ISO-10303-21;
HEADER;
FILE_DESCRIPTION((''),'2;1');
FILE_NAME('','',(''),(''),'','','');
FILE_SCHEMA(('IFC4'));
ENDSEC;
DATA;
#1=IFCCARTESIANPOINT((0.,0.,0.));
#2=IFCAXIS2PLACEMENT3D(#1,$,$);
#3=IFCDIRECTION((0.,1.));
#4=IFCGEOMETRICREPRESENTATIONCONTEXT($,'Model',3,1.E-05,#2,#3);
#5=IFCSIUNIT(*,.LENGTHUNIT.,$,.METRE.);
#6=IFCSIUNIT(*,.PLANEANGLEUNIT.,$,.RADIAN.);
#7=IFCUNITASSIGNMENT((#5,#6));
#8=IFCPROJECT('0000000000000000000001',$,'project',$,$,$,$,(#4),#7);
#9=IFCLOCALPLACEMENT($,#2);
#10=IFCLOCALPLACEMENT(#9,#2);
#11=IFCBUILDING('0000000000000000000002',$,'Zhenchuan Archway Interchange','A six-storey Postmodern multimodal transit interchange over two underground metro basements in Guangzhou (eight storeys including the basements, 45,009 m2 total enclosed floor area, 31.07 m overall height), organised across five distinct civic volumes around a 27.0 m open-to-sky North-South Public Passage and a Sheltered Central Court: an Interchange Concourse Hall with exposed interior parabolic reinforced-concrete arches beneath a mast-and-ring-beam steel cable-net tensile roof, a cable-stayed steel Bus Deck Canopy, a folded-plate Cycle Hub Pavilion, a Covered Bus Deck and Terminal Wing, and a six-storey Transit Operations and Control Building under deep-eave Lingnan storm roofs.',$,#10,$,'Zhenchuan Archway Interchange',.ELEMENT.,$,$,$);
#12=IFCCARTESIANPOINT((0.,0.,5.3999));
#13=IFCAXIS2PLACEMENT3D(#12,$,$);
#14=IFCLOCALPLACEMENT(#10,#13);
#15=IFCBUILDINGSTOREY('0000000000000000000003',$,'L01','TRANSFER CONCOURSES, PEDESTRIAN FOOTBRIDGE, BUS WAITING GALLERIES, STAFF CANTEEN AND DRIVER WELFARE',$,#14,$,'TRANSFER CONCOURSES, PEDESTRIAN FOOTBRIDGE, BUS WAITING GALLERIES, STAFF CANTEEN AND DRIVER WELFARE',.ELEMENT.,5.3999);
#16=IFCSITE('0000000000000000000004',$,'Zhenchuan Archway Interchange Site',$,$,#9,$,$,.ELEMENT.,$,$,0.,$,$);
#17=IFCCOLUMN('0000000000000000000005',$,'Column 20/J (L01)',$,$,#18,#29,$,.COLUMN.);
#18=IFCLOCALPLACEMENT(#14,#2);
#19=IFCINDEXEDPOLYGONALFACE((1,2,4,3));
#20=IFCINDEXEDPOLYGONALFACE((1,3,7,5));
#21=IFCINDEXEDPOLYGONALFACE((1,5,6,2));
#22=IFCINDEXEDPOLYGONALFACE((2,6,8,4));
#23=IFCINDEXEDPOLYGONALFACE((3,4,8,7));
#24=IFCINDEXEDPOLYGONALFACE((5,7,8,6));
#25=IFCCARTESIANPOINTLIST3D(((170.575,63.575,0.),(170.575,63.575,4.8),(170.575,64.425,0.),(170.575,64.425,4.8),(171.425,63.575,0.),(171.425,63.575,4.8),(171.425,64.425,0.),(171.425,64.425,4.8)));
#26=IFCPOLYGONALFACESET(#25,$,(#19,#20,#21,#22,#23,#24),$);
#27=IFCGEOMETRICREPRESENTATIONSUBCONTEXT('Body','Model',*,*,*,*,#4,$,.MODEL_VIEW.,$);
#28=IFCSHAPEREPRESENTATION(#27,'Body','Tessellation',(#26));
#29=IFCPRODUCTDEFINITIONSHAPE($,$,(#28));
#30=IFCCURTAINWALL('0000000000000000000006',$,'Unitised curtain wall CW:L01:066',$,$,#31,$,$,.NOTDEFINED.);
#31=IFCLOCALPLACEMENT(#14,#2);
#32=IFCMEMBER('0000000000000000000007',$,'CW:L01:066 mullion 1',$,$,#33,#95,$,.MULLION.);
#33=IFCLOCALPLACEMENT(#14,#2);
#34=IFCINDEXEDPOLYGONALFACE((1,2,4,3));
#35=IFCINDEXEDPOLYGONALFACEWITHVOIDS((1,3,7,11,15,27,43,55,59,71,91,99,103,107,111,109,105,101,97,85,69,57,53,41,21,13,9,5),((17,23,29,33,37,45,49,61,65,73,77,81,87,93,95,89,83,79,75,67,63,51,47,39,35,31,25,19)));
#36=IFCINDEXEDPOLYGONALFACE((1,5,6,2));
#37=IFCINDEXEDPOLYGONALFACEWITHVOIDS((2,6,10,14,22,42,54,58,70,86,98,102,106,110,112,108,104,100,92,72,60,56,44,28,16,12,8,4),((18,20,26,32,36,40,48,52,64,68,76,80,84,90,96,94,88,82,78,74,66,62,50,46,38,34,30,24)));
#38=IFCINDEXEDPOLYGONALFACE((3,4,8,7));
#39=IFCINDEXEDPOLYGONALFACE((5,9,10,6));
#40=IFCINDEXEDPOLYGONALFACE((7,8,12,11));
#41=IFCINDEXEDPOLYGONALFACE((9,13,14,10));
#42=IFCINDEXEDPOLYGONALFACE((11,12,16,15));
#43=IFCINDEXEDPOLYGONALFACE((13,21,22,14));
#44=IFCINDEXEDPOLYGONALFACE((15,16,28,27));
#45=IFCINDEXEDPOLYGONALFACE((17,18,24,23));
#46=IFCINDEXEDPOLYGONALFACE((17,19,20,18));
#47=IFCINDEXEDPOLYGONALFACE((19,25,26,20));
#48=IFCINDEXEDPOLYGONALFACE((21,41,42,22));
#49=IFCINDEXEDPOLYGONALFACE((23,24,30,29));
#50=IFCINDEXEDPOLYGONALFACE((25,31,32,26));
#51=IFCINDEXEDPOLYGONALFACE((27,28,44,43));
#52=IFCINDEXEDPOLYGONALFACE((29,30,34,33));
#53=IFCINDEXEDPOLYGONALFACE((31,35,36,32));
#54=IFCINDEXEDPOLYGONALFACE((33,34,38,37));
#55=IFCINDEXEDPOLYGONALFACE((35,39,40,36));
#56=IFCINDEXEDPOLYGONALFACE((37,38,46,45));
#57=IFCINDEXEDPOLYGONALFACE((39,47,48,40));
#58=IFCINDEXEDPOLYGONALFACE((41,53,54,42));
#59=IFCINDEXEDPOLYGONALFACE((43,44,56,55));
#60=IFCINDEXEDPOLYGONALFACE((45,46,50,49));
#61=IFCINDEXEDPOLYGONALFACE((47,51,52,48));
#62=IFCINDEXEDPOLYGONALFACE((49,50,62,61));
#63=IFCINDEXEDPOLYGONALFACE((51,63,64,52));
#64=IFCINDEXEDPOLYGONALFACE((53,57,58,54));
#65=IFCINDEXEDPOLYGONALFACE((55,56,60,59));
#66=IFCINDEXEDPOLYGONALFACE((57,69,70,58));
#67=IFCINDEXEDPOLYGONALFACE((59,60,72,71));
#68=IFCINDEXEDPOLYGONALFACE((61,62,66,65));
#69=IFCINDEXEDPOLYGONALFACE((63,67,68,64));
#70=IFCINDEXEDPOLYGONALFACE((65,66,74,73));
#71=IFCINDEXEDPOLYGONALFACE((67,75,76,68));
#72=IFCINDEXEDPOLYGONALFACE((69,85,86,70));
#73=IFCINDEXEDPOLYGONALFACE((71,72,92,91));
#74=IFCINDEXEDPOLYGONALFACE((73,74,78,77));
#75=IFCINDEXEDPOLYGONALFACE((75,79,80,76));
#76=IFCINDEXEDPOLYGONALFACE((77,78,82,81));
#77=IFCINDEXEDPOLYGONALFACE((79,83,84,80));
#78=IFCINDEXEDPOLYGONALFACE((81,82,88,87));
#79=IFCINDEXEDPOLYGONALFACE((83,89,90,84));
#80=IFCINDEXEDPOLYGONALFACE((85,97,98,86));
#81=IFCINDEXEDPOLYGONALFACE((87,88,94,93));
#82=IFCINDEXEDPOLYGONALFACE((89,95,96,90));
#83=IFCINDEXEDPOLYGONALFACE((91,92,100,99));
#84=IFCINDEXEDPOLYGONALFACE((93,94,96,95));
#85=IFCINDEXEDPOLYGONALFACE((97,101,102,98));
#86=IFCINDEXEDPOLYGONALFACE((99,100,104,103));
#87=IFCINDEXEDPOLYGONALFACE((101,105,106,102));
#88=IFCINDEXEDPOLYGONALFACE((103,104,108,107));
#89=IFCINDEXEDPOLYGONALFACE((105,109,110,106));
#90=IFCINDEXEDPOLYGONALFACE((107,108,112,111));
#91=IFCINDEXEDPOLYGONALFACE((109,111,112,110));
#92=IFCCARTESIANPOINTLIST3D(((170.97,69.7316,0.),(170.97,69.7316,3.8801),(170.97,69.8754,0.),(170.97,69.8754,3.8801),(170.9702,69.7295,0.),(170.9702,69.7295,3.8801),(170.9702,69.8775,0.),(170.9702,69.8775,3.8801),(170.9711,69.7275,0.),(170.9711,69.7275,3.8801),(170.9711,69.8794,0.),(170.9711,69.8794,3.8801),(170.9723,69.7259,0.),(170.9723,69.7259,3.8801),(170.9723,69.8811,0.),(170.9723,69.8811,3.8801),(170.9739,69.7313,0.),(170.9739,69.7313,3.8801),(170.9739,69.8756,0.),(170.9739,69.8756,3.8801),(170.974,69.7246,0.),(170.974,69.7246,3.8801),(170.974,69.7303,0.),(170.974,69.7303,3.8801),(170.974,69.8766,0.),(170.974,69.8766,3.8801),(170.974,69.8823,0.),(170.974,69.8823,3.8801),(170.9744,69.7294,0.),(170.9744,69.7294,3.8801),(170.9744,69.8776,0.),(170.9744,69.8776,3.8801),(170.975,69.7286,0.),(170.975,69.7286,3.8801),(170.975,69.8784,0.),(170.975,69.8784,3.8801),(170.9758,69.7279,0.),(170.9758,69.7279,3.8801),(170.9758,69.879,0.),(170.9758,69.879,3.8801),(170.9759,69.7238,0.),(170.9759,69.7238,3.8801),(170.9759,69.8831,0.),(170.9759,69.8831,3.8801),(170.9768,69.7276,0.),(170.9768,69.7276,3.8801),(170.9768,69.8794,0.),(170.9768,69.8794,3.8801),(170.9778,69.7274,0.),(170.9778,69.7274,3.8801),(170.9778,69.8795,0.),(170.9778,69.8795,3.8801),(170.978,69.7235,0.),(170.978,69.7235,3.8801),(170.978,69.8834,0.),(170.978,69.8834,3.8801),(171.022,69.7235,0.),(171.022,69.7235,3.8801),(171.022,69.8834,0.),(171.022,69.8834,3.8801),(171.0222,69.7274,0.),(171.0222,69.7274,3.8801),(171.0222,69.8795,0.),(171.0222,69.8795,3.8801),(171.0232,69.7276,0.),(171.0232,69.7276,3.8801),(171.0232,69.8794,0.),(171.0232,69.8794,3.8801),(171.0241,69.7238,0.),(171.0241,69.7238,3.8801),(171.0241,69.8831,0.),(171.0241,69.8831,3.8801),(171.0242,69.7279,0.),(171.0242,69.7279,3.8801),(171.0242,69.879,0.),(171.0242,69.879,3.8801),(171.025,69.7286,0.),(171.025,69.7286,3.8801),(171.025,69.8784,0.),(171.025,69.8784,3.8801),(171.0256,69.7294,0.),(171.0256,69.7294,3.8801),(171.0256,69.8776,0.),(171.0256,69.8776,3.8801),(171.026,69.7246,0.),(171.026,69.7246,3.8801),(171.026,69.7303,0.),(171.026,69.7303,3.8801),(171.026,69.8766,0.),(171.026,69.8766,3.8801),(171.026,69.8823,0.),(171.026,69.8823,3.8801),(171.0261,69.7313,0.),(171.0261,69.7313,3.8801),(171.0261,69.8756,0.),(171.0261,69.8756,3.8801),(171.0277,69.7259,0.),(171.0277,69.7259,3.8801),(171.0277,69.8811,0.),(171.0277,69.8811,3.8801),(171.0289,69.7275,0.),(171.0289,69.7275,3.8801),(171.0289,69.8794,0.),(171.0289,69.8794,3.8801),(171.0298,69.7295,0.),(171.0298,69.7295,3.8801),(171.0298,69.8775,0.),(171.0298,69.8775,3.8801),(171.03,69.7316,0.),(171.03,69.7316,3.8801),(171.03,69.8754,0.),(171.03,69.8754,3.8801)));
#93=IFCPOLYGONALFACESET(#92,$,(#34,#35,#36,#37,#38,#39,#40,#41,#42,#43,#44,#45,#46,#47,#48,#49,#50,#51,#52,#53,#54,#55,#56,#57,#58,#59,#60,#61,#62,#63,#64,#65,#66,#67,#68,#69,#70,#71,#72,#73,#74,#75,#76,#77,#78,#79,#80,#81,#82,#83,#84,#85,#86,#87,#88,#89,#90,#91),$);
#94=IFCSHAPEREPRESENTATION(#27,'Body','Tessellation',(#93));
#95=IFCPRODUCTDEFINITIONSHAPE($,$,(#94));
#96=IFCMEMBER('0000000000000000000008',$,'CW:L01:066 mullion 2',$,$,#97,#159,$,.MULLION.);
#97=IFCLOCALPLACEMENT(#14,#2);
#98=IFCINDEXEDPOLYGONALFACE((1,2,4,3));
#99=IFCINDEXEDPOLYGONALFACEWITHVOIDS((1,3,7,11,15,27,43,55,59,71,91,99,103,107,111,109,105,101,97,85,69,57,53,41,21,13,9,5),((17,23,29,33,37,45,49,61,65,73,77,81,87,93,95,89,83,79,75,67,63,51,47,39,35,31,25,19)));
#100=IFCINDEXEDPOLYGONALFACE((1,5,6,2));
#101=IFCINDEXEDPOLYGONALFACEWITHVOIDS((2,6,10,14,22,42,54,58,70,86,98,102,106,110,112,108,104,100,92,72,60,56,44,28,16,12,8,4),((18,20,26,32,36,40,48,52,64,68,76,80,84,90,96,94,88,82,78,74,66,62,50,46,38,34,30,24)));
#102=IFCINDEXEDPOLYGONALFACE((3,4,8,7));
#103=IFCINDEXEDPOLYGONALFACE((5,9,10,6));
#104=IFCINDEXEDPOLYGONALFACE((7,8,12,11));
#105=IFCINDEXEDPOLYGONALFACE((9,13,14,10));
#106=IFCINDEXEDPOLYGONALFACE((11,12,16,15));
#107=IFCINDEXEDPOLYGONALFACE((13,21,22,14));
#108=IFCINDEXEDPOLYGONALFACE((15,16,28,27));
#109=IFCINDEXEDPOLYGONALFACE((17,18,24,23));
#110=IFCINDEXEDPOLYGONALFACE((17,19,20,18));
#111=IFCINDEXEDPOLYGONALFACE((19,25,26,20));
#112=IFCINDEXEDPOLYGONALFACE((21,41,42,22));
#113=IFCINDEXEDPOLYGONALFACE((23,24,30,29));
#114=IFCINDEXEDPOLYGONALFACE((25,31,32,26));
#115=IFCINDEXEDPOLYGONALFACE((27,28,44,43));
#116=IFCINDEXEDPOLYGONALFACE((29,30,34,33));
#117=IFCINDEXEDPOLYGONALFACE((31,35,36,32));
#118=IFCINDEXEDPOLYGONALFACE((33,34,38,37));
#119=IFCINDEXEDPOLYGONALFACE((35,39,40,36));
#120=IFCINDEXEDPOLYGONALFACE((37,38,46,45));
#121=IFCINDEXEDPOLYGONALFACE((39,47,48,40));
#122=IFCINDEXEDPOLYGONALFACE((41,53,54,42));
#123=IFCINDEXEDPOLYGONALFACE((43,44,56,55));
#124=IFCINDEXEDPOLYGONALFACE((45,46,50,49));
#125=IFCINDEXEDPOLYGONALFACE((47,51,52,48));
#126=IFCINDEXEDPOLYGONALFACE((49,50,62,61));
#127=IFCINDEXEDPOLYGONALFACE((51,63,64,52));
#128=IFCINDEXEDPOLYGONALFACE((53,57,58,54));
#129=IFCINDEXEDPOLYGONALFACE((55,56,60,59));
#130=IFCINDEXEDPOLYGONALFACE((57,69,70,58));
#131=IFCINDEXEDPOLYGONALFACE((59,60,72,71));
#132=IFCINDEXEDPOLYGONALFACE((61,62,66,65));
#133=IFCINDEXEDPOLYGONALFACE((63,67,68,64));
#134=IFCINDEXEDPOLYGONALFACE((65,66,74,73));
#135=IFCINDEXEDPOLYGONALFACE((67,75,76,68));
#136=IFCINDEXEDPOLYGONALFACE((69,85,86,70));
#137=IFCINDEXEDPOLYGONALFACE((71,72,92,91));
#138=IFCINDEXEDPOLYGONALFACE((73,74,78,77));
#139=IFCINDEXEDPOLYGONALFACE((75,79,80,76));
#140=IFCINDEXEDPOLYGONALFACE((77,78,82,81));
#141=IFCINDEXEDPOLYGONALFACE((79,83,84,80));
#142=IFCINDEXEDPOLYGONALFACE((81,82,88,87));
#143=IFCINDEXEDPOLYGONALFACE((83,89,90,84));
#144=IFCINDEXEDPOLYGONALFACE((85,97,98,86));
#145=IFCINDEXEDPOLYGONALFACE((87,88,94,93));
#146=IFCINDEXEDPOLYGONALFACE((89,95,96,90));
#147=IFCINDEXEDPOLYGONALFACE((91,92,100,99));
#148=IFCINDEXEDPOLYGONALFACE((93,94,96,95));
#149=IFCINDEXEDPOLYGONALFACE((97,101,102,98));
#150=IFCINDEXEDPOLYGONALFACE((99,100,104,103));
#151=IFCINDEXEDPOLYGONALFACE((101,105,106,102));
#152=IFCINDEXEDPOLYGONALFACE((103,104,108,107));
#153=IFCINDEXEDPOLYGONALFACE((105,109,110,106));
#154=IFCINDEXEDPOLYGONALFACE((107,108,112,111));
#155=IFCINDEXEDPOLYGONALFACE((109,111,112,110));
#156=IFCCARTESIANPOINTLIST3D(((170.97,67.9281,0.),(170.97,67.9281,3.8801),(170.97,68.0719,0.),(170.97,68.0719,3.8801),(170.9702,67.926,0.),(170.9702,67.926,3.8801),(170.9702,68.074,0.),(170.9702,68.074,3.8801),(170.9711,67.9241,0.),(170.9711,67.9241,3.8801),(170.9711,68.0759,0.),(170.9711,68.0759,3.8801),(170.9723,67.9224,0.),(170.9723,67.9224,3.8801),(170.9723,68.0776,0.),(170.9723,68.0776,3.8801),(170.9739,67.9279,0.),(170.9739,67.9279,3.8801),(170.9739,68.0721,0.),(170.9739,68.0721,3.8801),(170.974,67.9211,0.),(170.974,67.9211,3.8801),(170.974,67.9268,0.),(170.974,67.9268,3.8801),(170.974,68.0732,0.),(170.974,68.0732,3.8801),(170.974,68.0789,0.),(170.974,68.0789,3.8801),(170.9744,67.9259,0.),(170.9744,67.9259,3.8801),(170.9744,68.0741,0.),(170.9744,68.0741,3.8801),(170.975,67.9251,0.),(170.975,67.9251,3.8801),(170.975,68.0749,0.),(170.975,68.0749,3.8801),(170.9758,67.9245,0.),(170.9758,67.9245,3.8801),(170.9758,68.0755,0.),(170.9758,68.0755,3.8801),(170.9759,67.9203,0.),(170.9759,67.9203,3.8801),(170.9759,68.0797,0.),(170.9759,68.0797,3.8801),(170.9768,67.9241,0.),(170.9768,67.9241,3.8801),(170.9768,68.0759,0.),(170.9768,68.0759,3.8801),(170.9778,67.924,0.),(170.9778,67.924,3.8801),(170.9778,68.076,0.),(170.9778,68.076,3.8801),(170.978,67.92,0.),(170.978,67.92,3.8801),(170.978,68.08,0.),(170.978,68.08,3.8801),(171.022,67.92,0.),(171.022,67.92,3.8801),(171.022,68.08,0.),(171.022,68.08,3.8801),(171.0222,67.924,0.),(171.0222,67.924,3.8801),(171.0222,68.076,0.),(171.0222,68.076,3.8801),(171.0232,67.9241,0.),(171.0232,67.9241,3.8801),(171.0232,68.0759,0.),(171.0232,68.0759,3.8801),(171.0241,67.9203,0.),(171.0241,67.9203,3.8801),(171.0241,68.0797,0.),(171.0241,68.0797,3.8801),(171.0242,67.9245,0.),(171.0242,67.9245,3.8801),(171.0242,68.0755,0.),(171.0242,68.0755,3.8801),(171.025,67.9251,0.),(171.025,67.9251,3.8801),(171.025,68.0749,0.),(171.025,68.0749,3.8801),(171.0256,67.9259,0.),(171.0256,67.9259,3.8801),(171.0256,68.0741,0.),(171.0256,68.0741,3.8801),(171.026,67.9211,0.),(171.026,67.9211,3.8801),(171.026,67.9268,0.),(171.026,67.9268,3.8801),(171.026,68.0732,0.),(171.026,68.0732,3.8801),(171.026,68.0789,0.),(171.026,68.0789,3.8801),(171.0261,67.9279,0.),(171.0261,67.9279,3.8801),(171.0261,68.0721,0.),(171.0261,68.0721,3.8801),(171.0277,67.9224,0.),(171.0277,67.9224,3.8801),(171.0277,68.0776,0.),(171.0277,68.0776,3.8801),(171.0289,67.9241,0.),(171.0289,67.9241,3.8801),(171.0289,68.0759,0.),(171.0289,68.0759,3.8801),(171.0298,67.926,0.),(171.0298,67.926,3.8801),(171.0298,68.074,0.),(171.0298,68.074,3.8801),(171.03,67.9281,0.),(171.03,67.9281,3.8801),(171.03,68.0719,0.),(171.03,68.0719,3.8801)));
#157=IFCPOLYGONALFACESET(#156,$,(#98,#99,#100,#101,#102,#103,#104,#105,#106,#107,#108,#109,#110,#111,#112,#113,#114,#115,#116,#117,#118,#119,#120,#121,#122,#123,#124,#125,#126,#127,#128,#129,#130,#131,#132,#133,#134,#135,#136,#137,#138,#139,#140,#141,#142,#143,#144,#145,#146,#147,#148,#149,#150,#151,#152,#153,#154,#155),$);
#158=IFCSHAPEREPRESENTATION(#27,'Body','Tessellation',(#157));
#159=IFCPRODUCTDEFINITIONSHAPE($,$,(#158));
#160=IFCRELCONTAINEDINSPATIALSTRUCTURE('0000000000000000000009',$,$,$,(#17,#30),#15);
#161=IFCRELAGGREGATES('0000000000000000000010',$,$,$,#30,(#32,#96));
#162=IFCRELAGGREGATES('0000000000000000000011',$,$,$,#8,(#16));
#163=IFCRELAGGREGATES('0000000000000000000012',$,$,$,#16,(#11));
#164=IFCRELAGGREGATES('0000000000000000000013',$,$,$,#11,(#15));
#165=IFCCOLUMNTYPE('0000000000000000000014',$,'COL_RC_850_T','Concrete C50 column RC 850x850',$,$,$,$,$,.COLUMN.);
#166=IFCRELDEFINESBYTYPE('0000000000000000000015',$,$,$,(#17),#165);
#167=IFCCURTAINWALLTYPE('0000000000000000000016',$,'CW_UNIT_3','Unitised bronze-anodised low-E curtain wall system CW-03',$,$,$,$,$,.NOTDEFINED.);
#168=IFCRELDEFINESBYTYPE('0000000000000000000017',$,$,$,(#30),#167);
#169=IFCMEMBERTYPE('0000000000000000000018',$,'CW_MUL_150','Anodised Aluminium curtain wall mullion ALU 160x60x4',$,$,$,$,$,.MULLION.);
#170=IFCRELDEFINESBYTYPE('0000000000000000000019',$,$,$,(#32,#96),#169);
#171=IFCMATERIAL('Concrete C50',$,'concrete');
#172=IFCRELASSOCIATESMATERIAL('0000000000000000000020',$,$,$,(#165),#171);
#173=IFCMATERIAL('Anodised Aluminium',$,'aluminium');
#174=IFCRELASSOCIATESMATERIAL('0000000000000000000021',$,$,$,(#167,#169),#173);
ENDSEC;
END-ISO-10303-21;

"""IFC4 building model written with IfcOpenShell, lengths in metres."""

from ifc_helpers import new_model, si_unit, direction, frame, origin, origin_2d, place, context, subcontext, project, spatial, rectangle, hollow_rectangle, extrude, material, material_profile, profile_set, type_object, element, aggregate, save


model = new_model("IFC4")

# Units and contexts
model_context = context("Model", 3, precision=1e-05, world=origin(), true_north=direction((0.0, 1.0)))
body_context = subcontext(model_context, "Body", "Model", "MODEL_VIEW")
ifc_project = project(units=[si_unit("LENGTHUNIT", "METRE"), si_unit("PLANEANGLEUNIT", "RADIAN")], contexts=[model_context])

# Site, building, storey
site_placement = place(None, origin())
site = spatial("IfcSite", under=ifc_project, at=site_placement, Name="Zhenchuan Archway Interchange Site", CompositionType="ELEMENT", RefElevation=0.0)
building_placement = place(site_placement, origin())
building = spatial("IfcBuilding", under=site, at=building_placement, Name="Zhenchuan Archway Interchange", Description="A six-storey Postmodern multimodal transit interchange over two underground metro basements in Guangzhou (eight storeys including the basements, 45,009 m2 total enclosed floor area, 31.07 m overall height), organised across five distinct civic volumes around a 27.0 m open-to-sky North-South Public Passage and a Sheltered Central Court: an Interchange Concourse Hall with exposed interior parabolic reinforced-concrete arches beneath a mast-and-ring-beam steel cable-net tensile roof, a cable-stayed steel Bus Deck Canopy, a folded-plate Cycle Hub Pavilion, a Covered Bus Deck and Terminal Wing, and a six-storey Transit Operations and Control Building under deep-eave Lingnan storm roofs.", LongName="Zhenchuan Archway Interchange", CompositionType="ELEMENT")
storey_placement = place(building_placement, frame((0.0, 0.0, 5.3999)))
storey = spatial("IfcBuildingStorey", under=building, at=storey_placement, Name="L01", Description="TRANSFER CONCOURSES, PEDESTRIAN FOOTBRIDGE, BUS WAITING GALLERIES, STAFF CANTEEN AND DRIVER WELFARE", LongName="TRANSFER CONCOURSES, PEDESTRIAN FOOTBRIDGE, BUS WAITING GALLERIES, STAFF CANTEEN AND DRIVER WELFARE", CompositionType="ELEMENT", Elevation=5.3999)

# Column
ifc_material_1 = material(Name="Concrete C50", Category="concrete")
ifc_material_profile_1 = material_profile(ifc_material_1, rectangle(XDim=0.8501, YDim=0.8501, at=origin_2d()), Name="RC 850x850")
ifc_profile_set_1 = profile_set([ifc_material_profile_1], Name="Concrete C50")
column_type = type_object("IfcColumnType", Name="COL_RC_850_T", Description="Concrete C50 column RC 850x850", PredefinedType="COLUMN", material=ifc_profile_set_1)
column_placement = place(storey_placement, frame((171.0, 64.0, 0.0), z_axis=(0.0, 0.0, 1.0), x_axis=(1.0, 0.0, 0.0)))
element("IfcColumn", 1, at=column_placement, inside=storey, type_object=column_type, Name="Column 20/J (L01)", PredefinedType="COLUMN", context=body_context, shape_type="SweptSolid", body=[
    extrude(rectangle(XDim=0.8501, YDim=0.8501, at=origin_2d()), origin(), (0.0, 0.0, 1.0), 4.8),
])

# Curtain wall, members
ifc_material_2 = material(Name="Anodised Aluminium", Category="aluminium")
curtain_wall_type = type_object("IfcCurtainWallType", Name="CW_UNIT_3", Description="Unitised bronze-anodised low-E curtain wall system CW-03", PredefinedType="NOTDEFINED", material=ifc_material_2)
curtain_wall_placement = place(storey_placement, origin())
curtain_wall = element("IfcCurtainWall", 2, at=curtain_wall_placement, inside=storey, type_object=curtain_wall_type, Name="Unitised curtain wall CW:L01:066", PredefinedType="NOTDEFINED")
ifc_material_profile_2 = material_profile(ifc_material_2, hollow_rectangle(XDim=0.0601, YDim=0.1599, WallThickness=0.0039, InnerFilletRadius=0.0039, OuterFilletRadius=0.0081, at=origin_2d()), Name="ALU 160x60x4")
ifc_profile_set_2 = profile_set([ifc_material_profile_2], Name="Anodised Aluminium")
member_type_1 = type_object("IfcMemberType", Name="CW_MUL_150", Description="Anodised Aluminium curtain wall mullion ALU 160x60x4", PredefinedType="MULLION", material=ifc_profile_set_2)
member_1_placement = place(storey_placement, frame((171.0, 69.8035, 0.0), z_axis=(0.0, 0.0, 1.0), x_axis=(1.0, 0.0, 0.0)))
member_1 = element("IfcMember", 3, at=member_1_placement, type_object=member_type_1, Name="CW:L01:066 mullion 1", PredefinedType="MULLION", context=body_context, shape_type="SweptSolid", body=[
    extrude(hollow_rectangle(XDim=0.0601, YDim=0.1599, WallThickness=0.0039, InnerFilletRadius=0.0039, OuterFilletRadius=0.0081, at=origin_2d()), origin(), (0.0, 0.0, 1.0), 3.8801),
])
member_2_placement = place(storey_placement, frame((171.0, 68.0, 0.0), z_axis=(0.0, 0.0, 1.0), x_axis=(1.0, 0.0, 0.0)))
member_2 = element("IfcMember", 4, at=member_2_placement, type_object=member_type_1, Name="CW:L01:066 mullion 2", PredefinedType="MULLION", context=body_context, shape_type="SweptSolid", body=[
    extrude(hollow_rectangle(XDim=0.0601, YDim=0.1599, WallThickness=0.0039, InnerFilletRadius=0.0039, OuterFilletRadius=0.0081, at=origin_2d()), origin(), (0.0, 0.0, 1.0), 3.8801),
])

aggregate(curtain_wall, [member_1, member_2])

save(model, "model.ifc")
